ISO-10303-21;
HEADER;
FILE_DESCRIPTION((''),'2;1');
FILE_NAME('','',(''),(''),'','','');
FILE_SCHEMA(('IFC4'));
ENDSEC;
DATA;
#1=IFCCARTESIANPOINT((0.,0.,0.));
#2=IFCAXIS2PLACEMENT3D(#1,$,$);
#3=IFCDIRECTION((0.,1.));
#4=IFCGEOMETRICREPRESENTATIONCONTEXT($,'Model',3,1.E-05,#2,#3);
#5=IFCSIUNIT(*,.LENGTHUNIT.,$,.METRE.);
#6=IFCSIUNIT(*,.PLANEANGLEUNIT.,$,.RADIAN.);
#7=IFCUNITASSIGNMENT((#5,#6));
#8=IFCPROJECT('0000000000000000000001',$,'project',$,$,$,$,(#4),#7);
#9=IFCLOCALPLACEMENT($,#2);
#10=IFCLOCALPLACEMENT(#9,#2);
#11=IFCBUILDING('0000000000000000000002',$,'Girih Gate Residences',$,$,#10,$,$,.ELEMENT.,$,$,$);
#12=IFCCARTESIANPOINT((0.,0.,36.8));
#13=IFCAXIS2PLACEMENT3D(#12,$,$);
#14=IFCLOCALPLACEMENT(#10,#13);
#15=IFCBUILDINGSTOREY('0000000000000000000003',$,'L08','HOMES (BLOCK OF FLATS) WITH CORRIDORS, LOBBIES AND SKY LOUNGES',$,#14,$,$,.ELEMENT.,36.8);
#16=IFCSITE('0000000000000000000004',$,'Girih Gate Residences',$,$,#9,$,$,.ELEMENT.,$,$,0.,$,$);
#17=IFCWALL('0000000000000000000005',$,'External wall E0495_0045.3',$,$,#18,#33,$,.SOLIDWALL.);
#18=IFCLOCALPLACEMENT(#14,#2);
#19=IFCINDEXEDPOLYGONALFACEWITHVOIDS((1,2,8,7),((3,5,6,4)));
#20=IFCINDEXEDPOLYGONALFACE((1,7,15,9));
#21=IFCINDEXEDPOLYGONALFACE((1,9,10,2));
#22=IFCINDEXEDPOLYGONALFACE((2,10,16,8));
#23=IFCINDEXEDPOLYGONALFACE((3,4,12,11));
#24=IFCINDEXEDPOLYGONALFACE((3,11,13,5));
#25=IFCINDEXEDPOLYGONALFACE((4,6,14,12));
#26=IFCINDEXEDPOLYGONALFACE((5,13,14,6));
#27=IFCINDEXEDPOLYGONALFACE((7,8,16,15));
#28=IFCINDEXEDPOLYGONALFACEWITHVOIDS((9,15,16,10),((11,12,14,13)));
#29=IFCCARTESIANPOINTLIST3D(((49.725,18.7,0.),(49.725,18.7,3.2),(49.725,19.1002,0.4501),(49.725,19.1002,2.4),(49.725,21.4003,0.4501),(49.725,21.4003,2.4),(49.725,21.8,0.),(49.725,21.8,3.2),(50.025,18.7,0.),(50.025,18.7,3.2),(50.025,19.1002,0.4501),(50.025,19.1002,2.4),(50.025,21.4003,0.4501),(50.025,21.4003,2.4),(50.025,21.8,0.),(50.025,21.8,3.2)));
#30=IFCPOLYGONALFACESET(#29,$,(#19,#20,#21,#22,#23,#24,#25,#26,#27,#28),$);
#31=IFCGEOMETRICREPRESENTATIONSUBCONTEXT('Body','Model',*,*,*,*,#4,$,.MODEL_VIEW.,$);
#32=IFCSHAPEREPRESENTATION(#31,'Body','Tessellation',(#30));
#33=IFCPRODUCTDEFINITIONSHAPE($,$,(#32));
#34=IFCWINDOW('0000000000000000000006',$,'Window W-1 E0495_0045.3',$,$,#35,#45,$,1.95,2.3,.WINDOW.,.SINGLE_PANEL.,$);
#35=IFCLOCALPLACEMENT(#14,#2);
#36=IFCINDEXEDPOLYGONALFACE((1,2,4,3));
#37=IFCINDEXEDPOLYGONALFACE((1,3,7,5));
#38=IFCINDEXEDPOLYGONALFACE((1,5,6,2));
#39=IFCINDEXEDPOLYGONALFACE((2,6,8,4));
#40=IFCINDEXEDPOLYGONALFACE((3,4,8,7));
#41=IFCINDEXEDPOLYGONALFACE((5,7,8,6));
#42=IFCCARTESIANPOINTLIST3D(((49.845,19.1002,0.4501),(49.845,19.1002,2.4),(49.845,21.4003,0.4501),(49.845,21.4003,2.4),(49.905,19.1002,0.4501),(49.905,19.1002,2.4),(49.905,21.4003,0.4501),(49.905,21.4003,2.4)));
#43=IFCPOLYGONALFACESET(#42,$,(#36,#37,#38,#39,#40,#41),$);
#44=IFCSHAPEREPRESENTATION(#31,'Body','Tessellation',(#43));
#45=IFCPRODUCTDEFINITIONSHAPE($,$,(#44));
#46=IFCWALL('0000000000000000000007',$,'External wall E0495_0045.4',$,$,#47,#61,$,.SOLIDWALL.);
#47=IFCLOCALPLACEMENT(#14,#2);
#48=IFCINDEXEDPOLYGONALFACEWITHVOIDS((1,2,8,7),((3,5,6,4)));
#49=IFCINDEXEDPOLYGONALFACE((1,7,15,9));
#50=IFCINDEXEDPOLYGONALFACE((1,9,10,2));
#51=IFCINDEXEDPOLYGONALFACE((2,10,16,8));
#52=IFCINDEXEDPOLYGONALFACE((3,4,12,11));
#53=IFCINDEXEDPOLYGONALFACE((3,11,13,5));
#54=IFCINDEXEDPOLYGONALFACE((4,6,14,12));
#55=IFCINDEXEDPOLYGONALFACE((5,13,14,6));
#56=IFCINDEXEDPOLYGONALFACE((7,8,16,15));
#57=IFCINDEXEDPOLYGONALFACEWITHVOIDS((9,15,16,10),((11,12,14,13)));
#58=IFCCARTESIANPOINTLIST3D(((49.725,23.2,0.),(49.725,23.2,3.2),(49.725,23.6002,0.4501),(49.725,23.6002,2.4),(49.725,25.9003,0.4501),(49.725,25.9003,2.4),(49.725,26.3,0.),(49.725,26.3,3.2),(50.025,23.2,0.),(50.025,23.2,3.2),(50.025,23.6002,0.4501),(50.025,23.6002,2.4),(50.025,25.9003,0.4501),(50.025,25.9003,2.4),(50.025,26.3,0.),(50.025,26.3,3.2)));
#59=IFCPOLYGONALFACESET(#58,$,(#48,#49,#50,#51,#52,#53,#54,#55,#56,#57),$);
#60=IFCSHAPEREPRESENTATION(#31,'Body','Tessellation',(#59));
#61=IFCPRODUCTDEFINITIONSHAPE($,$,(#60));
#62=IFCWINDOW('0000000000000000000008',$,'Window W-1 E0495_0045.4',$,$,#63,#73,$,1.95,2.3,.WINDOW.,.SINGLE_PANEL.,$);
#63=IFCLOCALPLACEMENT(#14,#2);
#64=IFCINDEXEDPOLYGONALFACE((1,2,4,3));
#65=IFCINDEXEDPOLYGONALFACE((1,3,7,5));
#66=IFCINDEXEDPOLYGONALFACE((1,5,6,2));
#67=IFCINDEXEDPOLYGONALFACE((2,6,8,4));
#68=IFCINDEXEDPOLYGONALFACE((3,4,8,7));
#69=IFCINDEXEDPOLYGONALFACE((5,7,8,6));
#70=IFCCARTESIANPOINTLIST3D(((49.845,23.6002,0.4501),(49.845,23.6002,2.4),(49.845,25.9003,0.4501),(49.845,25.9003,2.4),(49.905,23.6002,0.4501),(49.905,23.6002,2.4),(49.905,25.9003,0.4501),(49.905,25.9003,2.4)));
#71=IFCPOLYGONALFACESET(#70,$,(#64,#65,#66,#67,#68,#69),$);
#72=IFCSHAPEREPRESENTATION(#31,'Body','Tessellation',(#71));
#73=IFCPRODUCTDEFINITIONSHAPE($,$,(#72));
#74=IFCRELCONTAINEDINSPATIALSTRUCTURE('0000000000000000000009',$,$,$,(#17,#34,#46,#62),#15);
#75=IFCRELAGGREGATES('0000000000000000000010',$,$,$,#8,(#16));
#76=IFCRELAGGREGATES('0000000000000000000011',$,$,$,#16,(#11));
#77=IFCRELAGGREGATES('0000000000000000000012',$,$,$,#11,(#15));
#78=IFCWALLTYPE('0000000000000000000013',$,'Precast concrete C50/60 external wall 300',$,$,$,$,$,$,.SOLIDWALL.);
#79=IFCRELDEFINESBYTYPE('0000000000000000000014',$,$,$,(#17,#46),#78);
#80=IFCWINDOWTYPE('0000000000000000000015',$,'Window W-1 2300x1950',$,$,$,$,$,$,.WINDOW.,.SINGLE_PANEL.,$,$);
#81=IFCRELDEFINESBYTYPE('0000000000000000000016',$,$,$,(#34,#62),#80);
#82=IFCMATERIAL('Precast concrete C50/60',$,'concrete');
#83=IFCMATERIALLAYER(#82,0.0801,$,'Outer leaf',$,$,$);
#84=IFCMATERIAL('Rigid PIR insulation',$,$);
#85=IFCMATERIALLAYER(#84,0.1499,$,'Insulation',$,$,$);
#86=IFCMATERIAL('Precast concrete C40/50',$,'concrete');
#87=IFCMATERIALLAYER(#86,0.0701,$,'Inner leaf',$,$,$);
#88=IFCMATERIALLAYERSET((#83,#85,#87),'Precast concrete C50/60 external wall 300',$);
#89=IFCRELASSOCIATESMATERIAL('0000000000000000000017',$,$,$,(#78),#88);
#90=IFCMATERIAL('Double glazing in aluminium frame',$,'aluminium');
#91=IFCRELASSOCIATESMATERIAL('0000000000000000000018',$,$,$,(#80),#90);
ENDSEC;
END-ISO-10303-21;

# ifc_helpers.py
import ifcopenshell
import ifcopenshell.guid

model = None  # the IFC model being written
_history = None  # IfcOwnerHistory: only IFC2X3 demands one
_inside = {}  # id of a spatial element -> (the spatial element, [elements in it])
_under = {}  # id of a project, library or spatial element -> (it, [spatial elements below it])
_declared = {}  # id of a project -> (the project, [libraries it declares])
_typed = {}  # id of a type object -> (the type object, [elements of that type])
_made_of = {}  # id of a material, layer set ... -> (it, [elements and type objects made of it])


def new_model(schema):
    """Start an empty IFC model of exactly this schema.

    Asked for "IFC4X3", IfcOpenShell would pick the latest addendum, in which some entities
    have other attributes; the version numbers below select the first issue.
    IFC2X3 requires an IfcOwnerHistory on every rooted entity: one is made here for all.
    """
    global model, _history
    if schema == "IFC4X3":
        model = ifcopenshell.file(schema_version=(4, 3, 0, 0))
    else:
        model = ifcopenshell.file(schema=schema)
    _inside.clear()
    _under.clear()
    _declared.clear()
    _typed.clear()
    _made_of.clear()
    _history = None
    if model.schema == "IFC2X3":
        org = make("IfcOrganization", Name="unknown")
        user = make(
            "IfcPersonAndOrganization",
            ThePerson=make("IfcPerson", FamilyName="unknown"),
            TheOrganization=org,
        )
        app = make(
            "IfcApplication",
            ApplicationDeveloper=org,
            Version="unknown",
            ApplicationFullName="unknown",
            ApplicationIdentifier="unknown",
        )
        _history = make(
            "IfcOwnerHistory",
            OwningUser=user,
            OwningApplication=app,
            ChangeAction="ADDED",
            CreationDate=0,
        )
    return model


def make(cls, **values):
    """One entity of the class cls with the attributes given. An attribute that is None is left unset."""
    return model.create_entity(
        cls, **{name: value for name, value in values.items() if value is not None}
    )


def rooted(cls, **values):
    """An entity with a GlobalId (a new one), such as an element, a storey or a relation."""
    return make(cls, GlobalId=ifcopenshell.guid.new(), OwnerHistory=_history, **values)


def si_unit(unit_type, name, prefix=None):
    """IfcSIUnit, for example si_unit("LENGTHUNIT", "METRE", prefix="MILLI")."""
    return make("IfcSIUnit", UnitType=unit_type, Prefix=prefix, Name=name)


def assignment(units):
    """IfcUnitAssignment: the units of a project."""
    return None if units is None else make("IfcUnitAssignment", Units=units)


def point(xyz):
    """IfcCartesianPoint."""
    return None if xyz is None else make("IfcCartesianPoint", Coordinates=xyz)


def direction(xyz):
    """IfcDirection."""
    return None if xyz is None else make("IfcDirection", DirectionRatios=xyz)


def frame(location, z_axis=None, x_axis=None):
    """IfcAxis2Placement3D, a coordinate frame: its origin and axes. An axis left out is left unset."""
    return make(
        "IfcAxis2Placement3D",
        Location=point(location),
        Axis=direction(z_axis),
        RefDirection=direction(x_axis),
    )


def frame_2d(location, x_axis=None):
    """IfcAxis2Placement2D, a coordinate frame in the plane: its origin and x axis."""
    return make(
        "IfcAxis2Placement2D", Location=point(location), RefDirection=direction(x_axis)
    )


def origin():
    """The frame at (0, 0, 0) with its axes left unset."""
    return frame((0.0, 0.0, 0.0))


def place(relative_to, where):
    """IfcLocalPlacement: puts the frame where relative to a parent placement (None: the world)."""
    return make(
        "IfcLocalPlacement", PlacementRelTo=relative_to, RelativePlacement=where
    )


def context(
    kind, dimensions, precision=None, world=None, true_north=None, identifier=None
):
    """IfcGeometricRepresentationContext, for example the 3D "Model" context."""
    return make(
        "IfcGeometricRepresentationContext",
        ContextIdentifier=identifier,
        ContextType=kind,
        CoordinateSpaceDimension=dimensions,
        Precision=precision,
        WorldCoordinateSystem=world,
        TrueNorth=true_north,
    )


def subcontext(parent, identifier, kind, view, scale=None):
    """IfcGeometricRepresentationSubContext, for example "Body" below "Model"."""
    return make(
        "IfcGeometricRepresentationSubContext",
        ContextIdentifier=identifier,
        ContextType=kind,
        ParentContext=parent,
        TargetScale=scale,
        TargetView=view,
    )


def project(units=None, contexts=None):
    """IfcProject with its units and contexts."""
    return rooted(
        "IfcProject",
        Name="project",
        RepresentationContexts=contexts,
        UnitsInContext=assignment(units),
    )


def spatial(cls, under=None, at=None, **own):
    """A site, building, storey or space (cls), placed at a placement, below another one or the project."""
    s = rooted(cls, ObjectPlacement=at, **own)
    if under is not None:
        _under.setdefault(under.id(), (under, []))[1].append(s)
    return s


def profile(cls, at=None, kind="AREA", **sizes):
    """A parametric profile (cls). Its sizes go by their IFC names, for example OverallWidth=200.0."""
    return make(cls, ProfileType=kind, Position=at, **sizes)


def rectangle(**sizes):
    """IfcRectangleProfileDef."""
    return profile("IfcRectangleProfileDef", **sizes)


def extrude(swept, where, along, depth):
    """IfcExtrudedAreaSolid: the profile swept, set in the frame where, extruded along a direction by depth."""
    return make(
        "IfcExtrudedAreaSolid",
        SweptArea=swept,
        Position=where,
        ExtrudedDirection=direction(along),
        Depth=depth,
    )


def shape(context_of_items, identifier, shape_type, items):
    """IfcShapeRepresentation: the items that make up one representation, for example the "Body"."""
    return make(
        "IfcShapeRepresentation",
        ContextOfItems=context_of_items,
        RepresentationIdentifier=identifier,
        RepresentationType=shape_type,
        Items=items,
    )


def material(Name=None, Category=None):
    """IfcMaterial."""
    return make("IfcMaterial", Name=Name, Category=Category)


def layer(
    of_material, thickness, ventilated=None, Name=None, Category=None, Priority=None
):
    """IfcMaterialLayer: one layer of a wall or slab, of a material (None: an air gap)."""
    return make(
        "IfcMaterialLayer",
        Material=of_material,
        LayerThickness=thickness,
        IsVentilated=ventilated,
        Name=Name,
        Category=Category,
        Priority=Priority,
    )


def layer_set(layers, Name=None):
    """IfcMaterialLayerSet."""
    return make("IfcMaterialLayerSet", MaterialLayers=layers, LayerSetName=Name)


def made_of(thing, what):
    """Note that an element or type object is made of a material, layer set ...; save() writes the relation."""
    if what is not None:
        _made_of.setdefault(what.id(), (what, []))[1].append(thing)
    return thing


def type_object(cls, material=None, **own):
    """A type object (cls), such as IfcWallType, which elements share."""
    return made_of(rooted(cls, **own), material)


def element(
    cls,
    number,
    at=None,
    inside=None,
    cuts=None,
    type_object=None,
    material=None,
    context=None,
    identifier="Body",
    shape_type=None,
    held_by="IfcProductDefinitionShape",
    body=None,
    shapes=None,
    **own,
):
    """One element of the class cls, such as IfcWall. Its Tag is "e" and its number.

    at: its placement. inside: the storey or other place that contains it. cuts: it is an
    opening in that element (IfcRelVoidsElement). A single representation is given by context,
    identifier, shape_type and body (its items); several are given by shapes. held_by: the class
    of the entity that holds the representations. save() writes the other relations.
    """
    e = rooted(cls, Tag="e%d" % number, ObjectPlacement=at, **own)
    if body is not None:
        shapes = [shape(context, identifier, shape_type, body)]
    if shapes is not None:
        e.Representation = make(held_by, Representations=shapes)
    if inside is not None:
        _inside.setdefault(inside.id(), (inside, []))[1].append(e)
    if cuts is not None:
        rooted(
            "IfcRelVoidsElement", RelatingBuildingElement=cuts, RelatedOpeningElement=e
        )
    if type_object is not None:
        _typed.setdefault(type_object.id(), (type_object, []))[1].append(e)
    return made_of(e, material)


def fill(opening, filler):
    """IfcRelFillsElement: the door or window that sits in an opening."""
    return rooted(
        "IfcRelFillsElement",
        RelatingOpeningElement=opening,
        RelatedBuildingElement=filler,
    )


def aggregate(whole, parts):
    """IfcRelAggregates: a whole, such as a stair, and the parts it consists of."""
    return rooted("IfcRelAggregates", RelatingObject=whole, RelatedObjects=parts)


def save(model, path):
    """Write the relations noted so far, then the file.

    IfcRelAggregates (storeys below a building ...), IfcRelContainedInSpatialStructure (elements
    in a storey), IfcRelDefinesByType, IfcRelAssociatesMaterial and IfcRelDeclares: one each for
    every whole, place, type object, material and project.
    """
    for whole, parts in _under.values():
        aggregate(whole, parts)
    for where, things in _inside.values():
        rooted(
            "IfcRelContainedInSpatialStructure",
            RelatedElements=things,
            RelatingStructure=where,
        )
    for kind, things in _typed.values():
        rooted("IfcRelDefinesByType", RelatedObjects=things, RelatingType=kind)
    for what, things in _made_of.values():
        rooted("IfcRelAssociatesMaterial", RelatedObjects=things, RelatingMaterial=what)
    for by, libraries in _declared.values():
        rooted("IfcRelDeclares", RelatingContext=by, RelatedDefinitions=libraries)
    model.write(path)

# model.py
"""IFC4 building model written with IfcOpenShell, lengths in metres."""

from ifc_helpers import new_model, si_unit, direction, frame, frame_2d, origin, place, context, subcontext, project, spatial, rectangle, extrude, material, layer, layer_set, type_object, element, fill, save


model = new_model("IFC4")

# Units and contexts
model_context = context("Model", 3, precision=1e-05, world=origin(), true_north=direction((0.0, 1.0)))
body_context = subcontext(model_context, "Body", "Model", "MODEL_VIEW")
ifc_project = project(units=[si_unit("LENGTHUNIT", "METRE"), si_unit("PLANEANGLEUNIT", "RADIAN")], contexts=[model_context])

# Site, building, storey
site_placement = place(None, origin())
site = spatial("IfcSite", under=ifc_project, at=site_placement, Name="Girih Gate Residences", CompositionType="ELEMENT", RefElevation=0.0)
building_placement = place(site_placement, origin())
building = spatial("IfcBuilding", under=site, at=building_placement, Name="Girih Gate Residences", CompositionType="ELEMENT")
storey_placement = place(building_placement, frame((0.0, 0.0, 36.8)))
storey = spatial("IfcBuildingStorey", under=building, at=storey_placement, Name="L08", Description="HOMES (BLOCK OF FLATS) WITH CORRIDORS, LOBBIES AND SKY LOUNGES", CompositionType="ELEMENT", Elevation=36.8)

# Walls, openings, windows
ifc_material_1 = material(Name="Precast concrete C50/60", Category="concrete")
ifc_layer_1 = layer(ifc_material_1, 0.0801, Name="Outer leaf")
ifc_material_2 = material(Name="Rigid PIR insulation")
ifc_layer_2 = layer(ifc_material_2, 0.1499, Name="Insulation")
ifc_material_3 = material(Name="Precast concrete C40/50", Category="concrete")
ifc_layer_3 = layer(ifc_material_3, 0.0701, Name="Inner leaf")
ifc_layer_set_1 = layer_set([ifc_layer_1, ifc_layer_2, ifc_layer_3], Name="Precast concrete C50/60 external wall 300")
wall_type_1 = type_object("IfcWallType", Name="Precast concrete C50/60 external wall 300", PredefinedType="SOLIDWALL", material=ifc_layer_set_1)
wall_1_placement = place(storey_placement, frame((49.875, 21.8, 0.0), z_axis=(0.0, 0.0, 1.0), x_axis=(0.0, -1.0, 0.0)))
wall_1 = element("IfcWall", 1, at=wall_1_placement, inside=storey, type_object=wall_type_1, Name="External wall E0495_0045.3", PredefinedType="SOLIDWALL", context=body_context, shape_type="SweptSolid", body=[
    extrude(rectangle(XDim=3.1001, YDim=0.3, at=frame_2d((1.55, 0.0))), origin(), (0.0, 0.0, 1.0), 3.2),
])
opening_1_placement = place(wall_1_placement, frame((0.3999, 0.0, 0.45)))
opening_1 = element("IfcOpeningElement", 2, at=opening_1_placement, cuts=wall_1, PredefinedType="OPENING", context=body_context, shape_type="SweptSolid", body=[
    extrude(rectangle(XDim=2.3, YDim=1.95, at=frame_2d((1.1499, 0.9751))), frame((0.0, 0.1599, 0.0), z_axis=(0.0, -1.0, 0.0), x_axis=(1.0, 0.0, 0.0)), (0.0, 0.0, 1.0), 0.3201),
])
ifc_material_4 = material(Name="Double glazing in aluminium frame", Category="aluminium")
window_type = type_object("IfcWindowType", Name="Window W-1 2300x1950", PartitioningType="SINGLE_PANEL", PredefinedType="WINDOW", material=ifc_material_4)
window_1_placement = place(opening_1_placement, origin())
window_1 = element("IfcWindow", 3, at=window_1_placement, inside=storey, type_object=window_type, Name="Window W-1 E0495_0045.3", OverallHeight=1.95, OverallWidth=2.3, PartitioningType="SINGLE_PANEL", PredefinedType="WINDOW", context=body_context, shape_type="SweptSolid", body=[
    extrude(rectangle(XDim=2.3, YDim=1.95, at=frame_2d((1.1499, 0.9751))), frame((0.0, 0.03, 0.0), z_axis=(0.0, -1.0, 0.0), x_axis=(1.0, 0.0, 0.0)), (0.0, 0.0, 1.0), 0.0601),
])
fill(opening_1, window_1)
wall_2_placement = place(storey_placement, frame((49.875, 26.3, 0.0), z_axis=(0.0, 0.0, 1.0), x_axis=(0.0, -1.0, 0.0)))
wall_2 = element("IfcWall", 4, at=wall_2_placement, inside=storey, type_object=wall_type_1, Name="External wall E0495_0045.4", PredefinedType="SOLIDWALL", context=body_context, shape_type="SweptSolid", body=[
    extrude(rectangle(XDim=3.1001, YDim=0.3, at=frame_2d((1.55, 0.0))), origin(), (0.0, 0.0, 1.0), 3.2),
])
opening_2_placement = place(wall_2_placement, frame((0.3999, 0.0, 0.45)))
opening_2 = element("IfcOpeningElement", 5, at=opening_2_placement, cuts=wall_2, PredefinedType="OPENING", context=body_context, shape_type="SweptSolid", body=[
    extrude(rectangle(XDim=2.3, YDim=1.95, at=frame_2d((1.1499, 0.9751))), frame((0.0, 0.1599, 0.0), z_axis=(0.0, -1.0, 0.0), x_axis=(1.0, 0.0, 0.0)), (0.0, 0.0, 1.0), 0.3201),
])
window_2_placement = place(opening_2_placement, origin())
window_2 = element("IfcWindow", 6, at=window_2_placement, inside=storey, type_object=window_type, Name="Window W-1 E0495_0045.4", OverallHeight=1.95, OverallWidth=2.3, PartitioningType="SINGLE_PANEL", PredefinedType="WINDOW", context=body_context, shape_type="SweptSolid", body=[
    extrude(rectangle(XDim=2.3, YDim=1.95, at=frame_2d((1.1499, 0.9751))), frame((0.0, 0.03, 0.0), z_axis=(0.0, -1.0, 0.0), x_axis=(1.0, 0.0, 0.0)), (0.0, 0.0, 1.0), 0.0601),
])
fill(opening_2, window_2)

save(model, "model.ifc")
